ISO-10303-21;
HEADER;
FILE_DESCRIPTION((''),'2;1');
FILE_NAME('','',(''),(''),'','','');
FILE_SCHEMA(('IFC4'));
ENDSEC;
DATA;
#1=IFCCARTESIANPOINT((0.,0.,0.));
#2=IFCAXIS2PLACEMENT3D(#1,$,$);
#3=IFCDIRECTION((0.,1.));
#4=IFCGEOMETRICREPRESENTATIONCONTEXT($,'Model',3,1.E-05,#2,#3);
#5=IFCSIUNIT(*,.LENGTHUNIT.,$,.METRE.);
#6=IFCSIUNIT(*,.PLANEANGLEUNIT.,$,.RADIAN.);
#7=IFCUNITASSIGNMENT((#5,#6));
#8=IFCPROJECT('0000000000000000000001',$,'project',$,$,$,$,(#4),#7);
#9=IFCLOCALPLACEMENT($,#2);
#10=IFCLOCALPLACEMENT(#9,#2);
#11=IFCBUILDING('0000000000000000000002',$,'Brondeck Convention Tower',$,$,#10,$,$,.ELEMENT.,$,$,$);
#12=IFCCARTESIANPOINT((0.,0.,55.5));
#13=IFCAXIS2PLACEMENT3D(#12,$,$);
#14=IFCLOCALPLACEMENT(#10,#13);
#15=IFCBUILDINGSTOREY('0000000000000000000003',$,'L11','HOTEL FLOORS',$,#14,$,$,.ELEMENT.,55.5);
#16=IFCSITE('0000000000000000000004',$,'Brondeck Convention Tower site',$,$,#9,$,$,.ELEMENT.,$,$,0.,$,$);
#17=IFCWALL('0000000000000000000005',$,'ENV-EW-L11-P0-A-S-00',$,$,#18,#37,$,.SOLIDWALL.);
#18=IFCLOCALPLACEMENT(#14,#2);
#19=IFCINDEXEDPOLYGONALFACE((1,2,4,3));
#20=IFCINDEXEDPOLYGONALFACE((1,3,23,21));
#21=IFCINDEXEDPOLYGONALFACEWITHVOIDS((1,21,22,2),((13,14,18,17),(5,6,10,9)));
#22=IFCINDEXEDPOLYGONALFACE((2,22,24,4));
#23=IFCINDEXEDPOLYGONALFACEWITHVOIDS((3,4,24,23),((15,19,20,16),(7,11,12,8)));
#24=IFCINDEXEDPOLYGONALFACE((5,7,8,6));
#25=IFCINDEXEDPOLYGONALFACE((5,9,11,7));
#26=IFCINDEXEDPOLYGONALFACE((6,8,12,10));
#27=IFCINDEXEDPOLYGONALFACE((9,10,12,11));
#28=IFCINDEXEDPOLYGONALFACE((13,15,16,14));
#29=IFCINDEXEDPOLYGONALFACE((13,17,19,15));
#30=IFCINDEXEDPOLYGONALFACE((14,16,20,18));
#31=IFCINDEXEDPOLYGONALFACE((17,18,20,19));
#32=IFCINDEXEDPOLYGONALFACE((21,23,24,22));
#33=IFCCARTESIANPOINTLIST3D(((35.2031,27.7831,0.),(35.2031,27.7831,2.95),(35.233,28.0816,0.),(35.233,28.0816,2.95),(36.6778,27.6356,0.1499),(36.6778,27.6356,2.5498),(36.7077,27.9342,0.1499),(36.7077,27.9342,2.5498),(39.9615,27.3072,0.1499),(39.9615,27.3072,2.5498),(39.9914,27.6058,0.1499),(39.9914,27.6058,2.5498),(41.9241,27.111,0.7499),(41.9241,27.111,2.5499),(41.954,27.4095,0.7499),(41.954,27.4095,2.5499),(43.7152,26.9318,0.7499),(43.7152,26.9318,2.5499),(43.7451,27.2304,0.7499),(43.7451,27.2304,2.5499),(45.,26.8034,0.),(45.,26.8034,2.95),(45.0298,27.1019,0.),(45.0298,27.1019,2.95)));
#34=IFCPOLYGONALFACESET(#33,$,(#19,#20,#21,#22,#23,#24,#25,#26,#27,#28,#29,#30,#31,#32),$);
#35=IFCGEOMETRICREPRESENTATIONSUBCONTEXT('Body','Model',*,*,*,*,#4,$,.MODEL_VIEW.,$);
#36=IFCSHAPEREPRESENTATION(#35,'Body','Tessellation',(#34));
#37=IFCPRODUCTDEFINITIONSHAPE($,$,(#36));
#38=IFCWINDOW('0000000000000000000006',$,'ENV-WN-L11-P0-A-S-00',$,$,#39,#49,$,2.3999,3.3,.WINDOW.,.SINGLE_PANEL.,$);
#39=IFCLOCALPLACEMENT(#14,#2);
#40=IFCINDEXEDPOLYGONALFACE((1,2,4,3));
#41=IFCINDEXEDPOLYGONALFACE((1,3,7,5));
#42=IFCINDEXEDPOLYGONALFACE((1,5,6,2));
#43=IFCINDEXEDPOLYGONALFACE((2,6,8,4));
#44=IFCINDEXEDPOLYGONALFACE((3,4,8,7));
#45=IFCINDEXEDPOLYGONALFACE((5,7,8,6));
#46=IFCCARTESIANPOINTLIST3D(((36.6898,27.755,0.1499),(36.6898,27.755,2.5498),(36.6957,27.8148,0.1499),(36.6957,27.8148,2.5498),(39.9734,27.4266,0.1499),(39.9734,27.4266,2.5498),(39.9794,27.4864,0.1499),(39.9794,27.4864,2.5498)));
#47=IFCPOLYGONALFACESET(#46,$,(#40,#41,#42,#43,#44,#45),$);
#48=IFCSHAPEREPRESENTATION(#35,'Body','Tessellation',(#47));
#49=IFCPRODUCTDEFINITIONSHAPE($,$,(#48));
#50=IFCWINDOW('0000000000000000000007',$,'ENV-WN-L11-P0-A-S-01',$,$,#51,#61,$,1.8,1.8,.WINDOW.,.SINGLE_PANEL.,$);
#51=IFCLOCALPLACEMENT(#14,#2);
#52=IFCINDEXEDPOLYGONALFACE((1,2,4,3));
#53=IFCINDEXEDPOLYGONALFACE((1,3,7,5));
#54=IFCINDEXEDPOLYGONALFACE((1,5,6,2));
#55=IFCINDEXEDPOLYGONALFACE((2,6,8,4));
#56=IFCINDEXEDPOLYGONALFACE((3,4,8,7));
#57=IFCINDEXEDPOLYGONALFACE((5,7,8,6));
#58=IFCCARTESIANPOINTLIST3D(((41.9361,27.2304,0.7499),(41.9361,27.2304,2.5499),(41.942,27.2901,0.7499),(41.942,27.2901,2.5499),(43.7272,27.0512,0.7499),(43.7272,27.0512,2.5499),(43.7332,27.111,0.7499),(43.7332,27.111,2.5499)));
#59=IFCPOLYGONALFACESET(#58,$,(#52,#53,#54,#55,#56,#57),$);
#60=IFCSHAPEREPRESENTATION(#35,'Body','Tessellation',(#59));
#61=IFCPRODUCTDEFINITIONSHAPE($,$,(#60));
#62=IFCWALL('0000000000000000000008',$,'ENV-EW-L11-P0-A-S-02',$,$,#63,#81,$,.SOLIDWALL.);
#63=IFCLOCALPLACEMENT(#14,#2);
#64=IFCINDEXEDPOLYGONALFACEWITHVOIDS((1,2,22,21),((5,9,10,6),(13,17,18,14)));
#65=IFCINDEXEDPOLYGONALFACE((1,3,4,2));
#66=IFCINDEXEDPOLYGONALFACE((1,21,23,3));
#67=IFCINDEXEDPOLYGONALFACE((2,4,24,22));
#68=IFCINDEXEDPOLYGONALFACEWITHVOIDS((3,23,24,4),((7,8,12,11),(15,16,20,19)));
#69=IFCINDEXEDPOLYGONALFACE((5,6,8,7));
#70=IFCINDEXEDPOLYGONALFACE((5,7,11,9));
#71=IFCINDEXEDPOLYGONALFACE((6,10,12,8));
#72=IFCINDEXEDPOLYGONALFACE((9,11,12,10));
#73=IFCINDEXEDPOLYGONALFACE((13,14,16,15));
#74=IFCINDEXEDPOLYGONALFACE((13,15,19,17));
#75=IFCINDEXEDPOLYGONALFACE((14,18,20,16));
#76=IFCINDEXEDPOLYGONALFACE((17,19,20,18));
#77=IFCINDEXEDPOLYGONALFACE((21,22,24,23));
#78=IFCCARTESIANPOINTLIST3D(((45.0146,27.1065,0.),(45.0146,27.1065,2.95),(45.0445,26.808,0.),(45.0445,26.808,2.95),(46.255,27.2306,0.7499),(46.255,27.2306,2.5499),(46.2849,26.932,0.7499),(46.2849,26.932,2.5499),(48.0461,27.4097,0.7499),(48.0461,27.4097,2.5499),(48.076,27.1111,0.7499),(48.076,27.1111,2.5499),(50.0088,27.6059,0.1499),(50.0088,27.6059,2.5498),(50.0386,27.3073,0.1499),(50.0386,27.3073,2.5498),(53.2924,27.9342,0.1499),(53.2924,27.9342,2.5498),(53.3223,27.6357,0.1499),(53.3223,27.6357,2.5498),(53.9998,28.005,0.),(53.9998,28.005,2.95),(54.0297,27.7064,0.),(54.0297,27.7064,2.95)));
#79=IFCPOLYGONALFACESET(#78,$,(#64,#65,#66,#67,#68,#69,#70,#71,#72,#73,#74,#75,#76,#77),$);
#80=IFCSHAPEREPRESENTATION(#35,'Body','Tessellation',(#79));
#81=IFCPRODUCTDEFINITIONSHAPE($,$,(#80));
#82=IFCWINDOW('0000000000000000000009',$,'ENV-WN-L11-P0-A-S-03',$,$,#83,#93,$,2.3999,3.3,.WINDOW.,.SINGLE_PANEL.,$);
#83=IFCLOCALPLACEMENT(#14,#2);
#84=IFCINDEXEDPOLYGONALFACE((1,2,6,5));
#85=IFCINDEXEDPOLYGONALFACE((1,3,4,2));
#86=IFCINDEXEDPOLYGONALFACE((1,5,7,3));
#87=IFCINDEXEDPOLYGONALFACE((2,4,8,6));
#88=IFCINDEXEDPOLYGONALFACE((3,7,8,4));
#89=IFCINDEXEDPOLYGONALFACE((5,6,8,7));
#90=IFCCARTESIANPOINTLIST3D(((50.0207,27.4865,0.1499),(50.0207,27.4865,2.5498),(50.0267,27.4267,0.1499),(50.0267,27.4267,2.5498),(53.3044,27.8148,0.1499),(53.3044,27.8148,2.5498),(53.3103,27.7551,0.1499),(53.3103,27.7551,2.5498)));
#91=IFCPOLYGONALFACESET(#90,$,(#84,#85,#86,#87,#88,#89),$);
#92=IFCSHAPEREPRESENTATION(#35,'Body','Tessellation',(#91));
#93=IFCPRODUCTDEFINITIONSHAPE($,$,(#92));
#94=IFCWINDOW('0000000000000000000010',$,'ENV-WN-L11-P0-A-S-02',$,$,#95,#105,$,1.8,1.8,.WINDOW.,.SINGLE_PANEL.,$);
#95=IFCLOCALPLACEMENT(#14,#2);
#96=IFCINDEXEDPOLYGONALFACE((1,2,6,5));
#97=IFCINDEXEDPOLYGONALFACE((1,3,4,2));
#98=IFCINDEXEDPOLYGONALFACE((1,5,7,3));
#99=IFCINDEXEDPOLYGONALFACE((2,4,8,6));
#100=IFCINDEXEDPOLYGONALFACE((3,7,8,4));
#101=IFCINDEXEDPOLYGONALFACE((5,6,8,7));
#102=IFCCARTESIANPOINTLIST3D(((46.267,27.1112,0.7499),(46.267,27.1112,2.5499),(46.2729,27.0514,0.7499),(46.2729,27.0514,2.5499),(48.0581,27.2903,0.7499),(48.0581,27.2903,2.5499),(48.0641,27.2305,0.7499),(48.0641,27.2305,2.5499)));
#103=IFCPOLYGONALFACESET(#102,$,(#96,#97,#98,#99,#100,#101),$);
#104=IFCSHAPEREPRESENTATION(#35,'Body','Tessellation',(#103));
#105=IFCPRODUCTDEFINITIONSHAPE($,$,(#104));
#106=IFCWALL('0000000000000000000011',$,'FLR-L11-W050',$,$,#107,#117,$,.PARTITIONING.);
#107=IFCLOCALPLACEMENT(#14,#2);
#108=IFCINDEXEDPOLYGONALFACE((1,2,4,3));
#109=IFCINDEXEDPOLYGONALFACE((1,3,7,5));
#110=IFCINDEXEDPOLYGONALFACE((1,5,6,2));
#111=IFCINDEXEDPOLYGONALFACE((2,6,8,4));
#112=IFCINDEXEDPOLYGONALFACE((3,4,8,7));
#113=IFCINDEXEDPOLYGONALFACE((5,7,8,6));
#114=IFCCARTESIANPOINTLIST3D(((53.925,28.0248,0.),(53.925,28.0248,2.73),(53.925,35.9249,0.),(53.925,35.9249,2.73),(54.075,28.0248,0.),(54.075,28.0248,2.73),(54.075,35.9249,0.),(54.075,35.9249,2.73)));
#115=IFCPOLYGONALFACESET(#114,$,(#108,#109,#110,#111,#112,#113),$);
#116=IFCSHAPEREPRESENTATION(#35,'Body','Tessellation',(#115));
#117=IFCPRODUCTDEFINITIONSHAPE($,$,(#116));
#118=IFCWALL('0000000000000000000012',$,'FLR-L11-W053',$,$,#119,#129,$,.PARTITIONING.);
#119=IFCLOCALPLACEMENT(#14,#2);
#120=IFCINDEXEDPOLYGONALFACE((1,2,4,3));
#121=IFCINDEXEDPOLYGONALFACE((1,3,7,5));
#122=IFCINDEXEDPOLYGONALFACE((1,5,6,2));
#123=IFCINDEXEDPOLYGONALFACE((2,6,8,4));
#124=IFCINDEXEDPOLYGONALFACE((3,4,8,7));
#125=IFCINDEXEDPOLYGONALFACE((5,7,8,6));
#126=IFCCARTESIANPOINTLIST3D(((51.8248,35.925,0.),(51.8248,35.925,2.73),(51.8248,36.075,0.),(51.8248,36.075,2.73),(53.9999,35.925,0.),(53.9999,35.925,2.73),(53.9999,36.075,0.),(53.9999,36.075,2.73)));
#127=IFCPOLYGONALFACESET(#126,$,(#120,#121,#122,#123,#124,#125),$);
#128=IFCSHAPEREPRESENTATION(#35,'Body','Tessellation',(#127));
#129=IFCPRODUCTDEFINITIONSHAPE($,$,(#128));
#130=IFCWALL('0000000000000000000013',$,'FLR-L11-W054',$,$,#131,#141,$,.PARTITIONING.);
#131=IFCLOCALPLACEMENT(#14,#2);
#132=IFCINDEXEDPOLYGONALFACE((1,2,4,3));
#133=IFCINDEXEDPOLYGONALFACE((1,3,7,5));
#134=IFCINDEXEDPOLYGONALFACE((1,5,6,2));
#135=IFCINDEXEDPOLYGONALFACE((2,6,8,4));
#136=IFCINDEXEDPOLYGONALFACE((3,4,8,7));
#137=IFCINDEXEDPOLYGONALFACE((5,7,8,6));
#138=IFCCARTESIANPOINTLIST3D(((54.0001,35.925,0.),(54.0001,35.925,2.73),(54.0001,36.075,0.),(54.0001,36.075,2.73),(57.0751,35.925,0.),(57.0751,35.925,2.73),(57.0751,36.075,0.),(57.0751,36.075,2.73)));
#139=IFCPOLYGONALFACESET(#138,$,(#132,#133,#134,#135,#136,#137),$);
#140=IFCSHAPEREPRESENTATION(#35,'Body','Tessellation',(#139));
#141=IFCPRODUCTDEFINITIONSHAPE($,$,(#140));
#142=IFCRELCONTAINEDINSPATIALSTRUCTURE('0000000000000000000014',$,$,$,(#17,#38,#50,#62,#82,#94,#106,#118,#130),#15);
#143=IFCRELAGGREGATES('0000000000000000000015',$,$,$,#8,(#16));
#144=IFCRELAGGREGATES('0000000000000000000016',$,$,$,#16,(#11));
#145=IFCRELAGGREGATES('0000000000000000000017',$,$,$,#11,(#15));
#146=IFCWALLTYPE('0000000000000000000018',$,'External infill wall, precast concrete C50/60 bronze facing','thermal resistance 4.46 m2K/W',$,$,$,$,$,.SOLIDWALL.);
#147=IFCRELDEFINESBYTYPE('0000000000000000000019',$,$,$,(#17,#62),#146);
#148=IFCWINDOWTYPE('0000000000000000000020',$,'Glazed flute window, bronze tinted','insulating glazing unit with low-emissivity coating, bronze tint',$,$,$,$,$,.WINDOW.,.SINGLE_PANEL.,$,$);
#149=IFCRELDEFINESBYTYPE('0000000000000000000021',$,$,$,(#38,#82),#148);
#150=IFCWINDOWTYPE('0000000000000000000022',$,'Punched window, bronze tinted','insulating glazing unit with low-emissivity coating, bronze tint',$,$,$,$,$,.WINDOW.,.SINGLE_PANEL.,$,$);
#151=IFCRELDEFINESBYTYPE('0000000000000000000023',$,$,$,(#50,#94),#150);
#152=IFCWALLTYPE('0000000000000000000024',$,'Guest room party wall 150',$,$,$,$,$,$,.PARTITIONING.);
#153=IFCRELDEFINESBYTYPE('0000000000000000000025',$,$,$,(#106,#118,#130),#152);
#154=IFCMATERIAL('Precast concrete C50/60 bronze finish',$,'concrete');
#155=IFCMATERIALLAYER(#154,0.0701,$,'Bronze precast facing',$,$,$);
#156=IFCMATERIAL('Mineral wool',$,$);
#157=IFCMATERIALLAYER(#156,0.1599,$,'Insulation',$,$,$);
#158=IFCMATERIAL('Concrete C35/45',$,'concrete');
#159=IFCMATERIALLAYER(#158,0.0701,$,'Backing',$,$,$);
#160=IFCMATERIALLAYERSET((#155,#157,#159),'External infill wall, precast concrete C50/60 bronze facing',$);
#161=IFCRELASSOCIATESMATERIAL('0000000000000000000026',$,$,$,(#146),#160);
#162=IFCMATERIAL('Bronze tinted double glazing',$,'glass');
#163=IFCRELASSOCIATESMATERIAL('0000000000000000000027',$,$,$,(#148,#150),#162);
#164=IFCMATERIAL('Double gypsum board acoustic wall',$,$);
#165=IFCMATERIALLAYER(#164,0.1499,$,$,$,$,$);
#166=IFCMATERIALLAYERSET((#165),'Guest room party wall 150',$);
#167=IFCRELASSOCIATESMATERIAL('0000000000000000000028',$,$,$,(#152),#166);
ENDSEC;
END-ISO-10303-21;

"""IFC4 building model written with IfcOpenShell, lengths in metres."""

from ifc_helpers import new_model, si_unit, direction, frame, frame_2d, origin, place, context, subcontext, project, spatial, rectangle, extrude, material, layer, layer_set, type_object, element, fill, save


model = new_model("IFC4")

# Units and contexts
model_context = context("Model", 3, precision=1e-05, world=origin(), true_north=direction((0.0, 1.0)))
body_context = subcontext(model_context, "Body", "Model", "MODEL_VIEW")
ifc_project = project(units=[si_unit("LENGTHUNIT", "METRE"), si_unit("PLANEANGLEUNIT", "RADIAN")], contexts=[model_context])

# Site, building, storey
site_placement = place(None, origin())
site = spatial("IfcSite", under=ifc_project, at=site_placement, Name="Brondeck Convention Tower site", CompositionType="ELEMENT", RefElevation=0.0)
building_placement = place(site_placement, origin())
building = spatial("IfcBuilding", under=site, at=building_placement, Name="Brondeck Convention Tower", CompositionType="ELEMENT")
storey_placement = place(building_placement, frame((0.0, 0.0, 55.5)))
storey = spatial("IfcBuildingStorey", under=building, at=storey_placement, Name="L11", Description="HOTEL FLOORS", CompositionType="ELEMENT", Elevation=55.5)

# Walls, openings, windows
ifc_material_1 = material(Name="Precast concrete C50/60 bronze finish", Category="concrete")
ifc_layer_1 = layer(ifc_material_1, 0.0701, Name="Bronze precast facing")
ifc_material_2 = material(Name="Mineral wool")
ifc_layer_2 = layer(ifc_material_2, 0.1599, Name="Insulation")
ifc_material_3 = material(Name="Concrete C35/45", Category="concrete")
ifc_layer_3 = layer(ifc_material_3, 0.0701, Name="Backing")
ifc_layer_set_1 = layer_set([ifc_layer_1, ifc_layer_2, ifc_layer_3], Name="External infill wall, precast concrete C50/60 bronze facing")
wall_type_1 = type_object("IfcWallType", Name="External infill wall, precast concrete C50/60 bronze facing", Description="thermal resistance 4.46 m2K/W", PredefinedType="SOLIDWALL", material=ifc_layer_set_1)
wall_1_placement = place(storey_placement, frame((45.0149, 26.9526, 0.0), z_axis=(0.0, 0.0, 1.0), x_axis=(-0.995037, 0.099509, 0.0)))
wall_1 = element("IfcWall", 1, at=wall_1_placement, inside=storey, type_object=wall_type_1, Name="ENV-EW-L11-P0-A-S-00", PredefinedType="SOLIDWALL", context=body_context, shape_type="SweptSolid", body=[
    extrude(rectangle(XDim=9.8457, YDim=0.3, at=frame_2d((4.9229, 0.0))), origin(), (0.0, 0.0, 1.0), 2.95),
])
opening_1_placement = place(wall_1_placement, frame((1.2913, 0.0, 0.75)))
opening_1 = element("IfcOpeningElement", 2, at=opening_1_placement, cuts=wall_1, PredefinedType="OPENING", context=body_context, shape_type="SweptSolid", body=[
    extrude(rectangle(XDim=1.8, YDim=1.8, at=frame_2d((0.8999, 0.8999))), frame((0.0, 0.1599, 0.0), z_axis=(0.0, -1.0, 0.0), x_axis=(1.0, 0.0, 0.0)), (0.0, 0.0, 1.0), 0.3201),
])
opening_2_placement = place(wall_1_placement, frame((5.0637, 0.0, 0.1499)))
opening_2 = element("IfcOpeningElement", 3, at=opening_2_placement, cuts=wall_1, PredefinedType="OPENING", context=body_context, shape_type="SweptSolid", body=[
    extrude(rectangle(XDim=3.3, YDim=2.3999, at=frame_2d((1.6499, 1.2))), frame((0.0, 0.1599, 0.0), z_axis=(0.0, -1.0, 0.0), x_axis=(1.0, 0.0, 0.0)), (0.0, 0.0, 1.0), 0.3201),
])
ifc_material_4 = material(Name="Bronze tinted double glazing", Category="glass")
window_type_1 = type_object("IfcWindowType", Name="Glazed flute window, bronze tinted", Description="insulating glazing unit with low-emissivity coating, bronze tint", PartitioningType="SINGLE_PANEL", PredefinedType="WINDOW", material=ifc_material_4)
window_1_placement = place(opening_2_placement, origin())
window_1 = element("IfcWindow", 4, at=window_1_placement, inside=storey, type_object=window_type_1, Name="ENV-WN-L11-P0-A-S-00", OverallHeight=2.3999, OverallWidth=3.3, PartitioningType="SINGLE_PANEL", PredefinedType="WINDOW", context=body_context, shape_type="SweptSolid", body=[
    extrude(rectangle(XDim=3.3, YDim=2.3999, at=frame_2d((1.6499, 1.2))), frame((0.0, 0.03, 0.0), z_axis=(0.0, -1.0, 0.0), x_axis=(1.0, 0.0, 0.0)), (0.0, 0.0, 1.0), 0.0601),
])
fill(opening_2, window_1)
window_type_2 = type_object("IfcWindowType", Name="Punched window, bronze tinted", Description="insulating glazing unit with low-emissivity coating, bronze tint", PartitioningType="SINGLE_PANEL", PredefinedType="WINDOW", material=ifc_material_4)
window_2_placement = place(opening_1_placement, origin())
window_2 = element("IfcWindow", 5, at=window_2_placement, inside=storey, type_object=window_type_2, Name="ENV-WN-L11-P0-A-S-01", OverallHeight=1.8, OverallWidth=1.8, PartitioningType="SINGLE_PANEL", PredefinedType="WINDOW", context=body_context, shape_type="SweptSolid", body=[
    extrude(rectangle(XDim=1.8, YDim=1.8, at=frame_2d((0.8999, 0.8999))), frame((0.0, 0.03, 0.0), z_axis=(0.0, -1.0, 0.0), x_axis=(1.0, 0.0, 0.0)), (0.0, 0.0, 1.0), 0.0601),
])
fill(opening_1, window_2)
wall_2_placement = place(storey_placement, frame((54.0149, 27.8557, 0.0), z_axis=(0.0, 0.0, 1.0), x_axis=(-0.995038, -0.099496, 0.0)))
wall_2 = element("IfcWall", 6, at=wall_2_placement, inside=storey, type_object=wall_type_1, Name="ENV-EW-L11-P0-A-S-02", PredefinedType="SOLIDWALL", context=body_context, shape_type="SweptSolid", body=[
    extrude(rectangle(XDim=9.03, YDim=0.3, at=frame_2d((4.5151, 0.0))), origin(), (0.0, 0.0, 1.0), 2.95),
])
opening_3_placement = place(wall_2_placement, frame((0.7112, 0.0, 0.1499)))
opening_3 = element("IfcOpeningElement", 7, at=opening_3_placement, cuts=wall_2, PredefinedType="OPENING", context=body_context, shape_type="SweptSolid", body=[
    extrude(rectangle(XDim=3.3, YDim=2.3999, at=frame_2d((1.6499, 1.2))), frame((0.0, 0.1599, 0.0), z_axis=(0.0, -1.0, 0.0), x_axis=(1.0, 0.0, 0.0)), (0.0, 0.0, 1.0), 0.3201),
])
opening_4_placement = place(wall_2_placement, frame((5.9836, 0.0, 0.75)))
opening_4 = element("IfcOpeningElement", 8, at=opening_4_placement, cuts=wall_2, PredefinedType="OPENING", context=body_context, shape_type="SweptSolid", body=[
    extrude(rectangle(XDim=1.8, YDim=1.8, at=frame_2d((0.8999, 0.8999))), frame((0.0, 0.1599, 0.0), z_axis=(0.0, -1.0, 0.0), x_axis=(1.0, 0.0, 0.0)), (0.0, 0.0, 1.0), 0.3201),
])
window_3_placement = place(opening_3_placement, origin())
window_3 = element("IfcWindow", 9, at=window_3_placement, inside=storey, type_object=window_type_1, Name="ENV-WN-L11-P0-A-S-03", OverallHeight=2.3999, OverallWidth=3.3, PartitioningType="SINGLE_PANEL", PredefinedType="WINDOW", context=body_context, shape_type="SweptSolid", body=[
    extrude(rectangle(XDim=3.3, YDim=2.3999, at=frame_2d((1.6499, 1.2))), frame((0.0, 0.03, 0.0), z_axis=(0.0, -1.0, 0.0), x_axis=(1.0, 0.0, 0.0)), (0.0, 0.0, 1.0), 0.0601),
])
fill(opening_3, window_3)
window_4_placement = place(opening_4_placement, origin())
window_4 = element("IfcWindow", 10, at=window_4_placement, inside=storey, type_object=window_type_2, Name="ENV-WN-L11-P0-A-S-02", OverallHeight=1.8, OverallWidth=1.8, PartitioningType="SINGLE_PANEL", PredefinedType="WINDOW", context=body_context, shape_type="SweptSolid", body=[
    extrude(rectangle(XDim=1.8, YDim=1.8, at=frame_2d((0.8999, 0.8999))), frame((0.0, 0.03, 0.0), z_axis=(0.0, -1.0, 0.0), x_axis=(1.0, 0.0, 0.0)), (0.0, 0.0, 1.0), 0.0601),
])
fill(opening_4, window_4)

# Walls
ifc_material_5 = material(Name="Double gypsum board acoustic wall")
ifc_layer_4 = layer(ifc_material_5, 0.1499)
ifc_layer_set_2 = layer_set([ifc_layer_4], Name="Guest room party wall 150")
wall_type_2 = type_object("IfcWallType", Name="Guest room party wall 150", PredefinedType="PARTITIONING", material=ifc_layer_set_2)
wall_3_placement = place(storey_placement, frame((54.0, 35.925, 0.0), z_axis=(0.0, 0.0, 1.0), x_axis=(0.0, -1.0, 0.0)))
element("IfcWall", 11, at=wall_3_placement, inside=storey, type_object=wall_type_2, Name="FLR-L11-W050", PredefinedType="PARTITIONING", context=body_context, shape_type="SweptSolid", body=[
    extrude(rectangle(XDim=7.9001, YDim=0.1499, at=frame_2d((3.9502, 0.0))), origin(), (0.0, 0.0, 1.0), 2.73),
])
wall_4_placement = place(storey_placement, frame((51.825, 36.0, 0.0), z_axis=(0.0, 0.0, 1.0), x_axis=(1.0, 0.0, 0.0)))
element("IfcWall", 12, at=wall_4_placement, inside=storey, type_object=wall_type_2, Name="FLR-L11-W053", PredefinedType="PARTITIONING", context=body_context, shape_type="SweptSolid", body=[
    extrude(rectangle(XDim=2.175, YDim=0.1499, at=frame_2d((1.0874, 0.0))), origin(), (0.0, 0.0, 1.0), 2.73),
])
wall_5_placement = place(storey_placement, frame((54.0, 36.0, 0.0), z_axis=(0.0, 0.0, 1.0), x_axis=(1.0, 0.0, 0.0)))
element("IfcWall", 13, at=wall_5_placement, inside=storey, type_object=wall_type_2, Name="FLR-L11-W054", PredefinedType="PARTITIONING", context=body_context, shape_type="SweptSolid", body=[
    extrude(rectangle(XDim=3.075, YDim=0.1499, at=frame_2d((1.5376, 0.0))), origin(), (0.0, 0.0, 1.0), 2.73),
])

save(model, "model.ifc")
